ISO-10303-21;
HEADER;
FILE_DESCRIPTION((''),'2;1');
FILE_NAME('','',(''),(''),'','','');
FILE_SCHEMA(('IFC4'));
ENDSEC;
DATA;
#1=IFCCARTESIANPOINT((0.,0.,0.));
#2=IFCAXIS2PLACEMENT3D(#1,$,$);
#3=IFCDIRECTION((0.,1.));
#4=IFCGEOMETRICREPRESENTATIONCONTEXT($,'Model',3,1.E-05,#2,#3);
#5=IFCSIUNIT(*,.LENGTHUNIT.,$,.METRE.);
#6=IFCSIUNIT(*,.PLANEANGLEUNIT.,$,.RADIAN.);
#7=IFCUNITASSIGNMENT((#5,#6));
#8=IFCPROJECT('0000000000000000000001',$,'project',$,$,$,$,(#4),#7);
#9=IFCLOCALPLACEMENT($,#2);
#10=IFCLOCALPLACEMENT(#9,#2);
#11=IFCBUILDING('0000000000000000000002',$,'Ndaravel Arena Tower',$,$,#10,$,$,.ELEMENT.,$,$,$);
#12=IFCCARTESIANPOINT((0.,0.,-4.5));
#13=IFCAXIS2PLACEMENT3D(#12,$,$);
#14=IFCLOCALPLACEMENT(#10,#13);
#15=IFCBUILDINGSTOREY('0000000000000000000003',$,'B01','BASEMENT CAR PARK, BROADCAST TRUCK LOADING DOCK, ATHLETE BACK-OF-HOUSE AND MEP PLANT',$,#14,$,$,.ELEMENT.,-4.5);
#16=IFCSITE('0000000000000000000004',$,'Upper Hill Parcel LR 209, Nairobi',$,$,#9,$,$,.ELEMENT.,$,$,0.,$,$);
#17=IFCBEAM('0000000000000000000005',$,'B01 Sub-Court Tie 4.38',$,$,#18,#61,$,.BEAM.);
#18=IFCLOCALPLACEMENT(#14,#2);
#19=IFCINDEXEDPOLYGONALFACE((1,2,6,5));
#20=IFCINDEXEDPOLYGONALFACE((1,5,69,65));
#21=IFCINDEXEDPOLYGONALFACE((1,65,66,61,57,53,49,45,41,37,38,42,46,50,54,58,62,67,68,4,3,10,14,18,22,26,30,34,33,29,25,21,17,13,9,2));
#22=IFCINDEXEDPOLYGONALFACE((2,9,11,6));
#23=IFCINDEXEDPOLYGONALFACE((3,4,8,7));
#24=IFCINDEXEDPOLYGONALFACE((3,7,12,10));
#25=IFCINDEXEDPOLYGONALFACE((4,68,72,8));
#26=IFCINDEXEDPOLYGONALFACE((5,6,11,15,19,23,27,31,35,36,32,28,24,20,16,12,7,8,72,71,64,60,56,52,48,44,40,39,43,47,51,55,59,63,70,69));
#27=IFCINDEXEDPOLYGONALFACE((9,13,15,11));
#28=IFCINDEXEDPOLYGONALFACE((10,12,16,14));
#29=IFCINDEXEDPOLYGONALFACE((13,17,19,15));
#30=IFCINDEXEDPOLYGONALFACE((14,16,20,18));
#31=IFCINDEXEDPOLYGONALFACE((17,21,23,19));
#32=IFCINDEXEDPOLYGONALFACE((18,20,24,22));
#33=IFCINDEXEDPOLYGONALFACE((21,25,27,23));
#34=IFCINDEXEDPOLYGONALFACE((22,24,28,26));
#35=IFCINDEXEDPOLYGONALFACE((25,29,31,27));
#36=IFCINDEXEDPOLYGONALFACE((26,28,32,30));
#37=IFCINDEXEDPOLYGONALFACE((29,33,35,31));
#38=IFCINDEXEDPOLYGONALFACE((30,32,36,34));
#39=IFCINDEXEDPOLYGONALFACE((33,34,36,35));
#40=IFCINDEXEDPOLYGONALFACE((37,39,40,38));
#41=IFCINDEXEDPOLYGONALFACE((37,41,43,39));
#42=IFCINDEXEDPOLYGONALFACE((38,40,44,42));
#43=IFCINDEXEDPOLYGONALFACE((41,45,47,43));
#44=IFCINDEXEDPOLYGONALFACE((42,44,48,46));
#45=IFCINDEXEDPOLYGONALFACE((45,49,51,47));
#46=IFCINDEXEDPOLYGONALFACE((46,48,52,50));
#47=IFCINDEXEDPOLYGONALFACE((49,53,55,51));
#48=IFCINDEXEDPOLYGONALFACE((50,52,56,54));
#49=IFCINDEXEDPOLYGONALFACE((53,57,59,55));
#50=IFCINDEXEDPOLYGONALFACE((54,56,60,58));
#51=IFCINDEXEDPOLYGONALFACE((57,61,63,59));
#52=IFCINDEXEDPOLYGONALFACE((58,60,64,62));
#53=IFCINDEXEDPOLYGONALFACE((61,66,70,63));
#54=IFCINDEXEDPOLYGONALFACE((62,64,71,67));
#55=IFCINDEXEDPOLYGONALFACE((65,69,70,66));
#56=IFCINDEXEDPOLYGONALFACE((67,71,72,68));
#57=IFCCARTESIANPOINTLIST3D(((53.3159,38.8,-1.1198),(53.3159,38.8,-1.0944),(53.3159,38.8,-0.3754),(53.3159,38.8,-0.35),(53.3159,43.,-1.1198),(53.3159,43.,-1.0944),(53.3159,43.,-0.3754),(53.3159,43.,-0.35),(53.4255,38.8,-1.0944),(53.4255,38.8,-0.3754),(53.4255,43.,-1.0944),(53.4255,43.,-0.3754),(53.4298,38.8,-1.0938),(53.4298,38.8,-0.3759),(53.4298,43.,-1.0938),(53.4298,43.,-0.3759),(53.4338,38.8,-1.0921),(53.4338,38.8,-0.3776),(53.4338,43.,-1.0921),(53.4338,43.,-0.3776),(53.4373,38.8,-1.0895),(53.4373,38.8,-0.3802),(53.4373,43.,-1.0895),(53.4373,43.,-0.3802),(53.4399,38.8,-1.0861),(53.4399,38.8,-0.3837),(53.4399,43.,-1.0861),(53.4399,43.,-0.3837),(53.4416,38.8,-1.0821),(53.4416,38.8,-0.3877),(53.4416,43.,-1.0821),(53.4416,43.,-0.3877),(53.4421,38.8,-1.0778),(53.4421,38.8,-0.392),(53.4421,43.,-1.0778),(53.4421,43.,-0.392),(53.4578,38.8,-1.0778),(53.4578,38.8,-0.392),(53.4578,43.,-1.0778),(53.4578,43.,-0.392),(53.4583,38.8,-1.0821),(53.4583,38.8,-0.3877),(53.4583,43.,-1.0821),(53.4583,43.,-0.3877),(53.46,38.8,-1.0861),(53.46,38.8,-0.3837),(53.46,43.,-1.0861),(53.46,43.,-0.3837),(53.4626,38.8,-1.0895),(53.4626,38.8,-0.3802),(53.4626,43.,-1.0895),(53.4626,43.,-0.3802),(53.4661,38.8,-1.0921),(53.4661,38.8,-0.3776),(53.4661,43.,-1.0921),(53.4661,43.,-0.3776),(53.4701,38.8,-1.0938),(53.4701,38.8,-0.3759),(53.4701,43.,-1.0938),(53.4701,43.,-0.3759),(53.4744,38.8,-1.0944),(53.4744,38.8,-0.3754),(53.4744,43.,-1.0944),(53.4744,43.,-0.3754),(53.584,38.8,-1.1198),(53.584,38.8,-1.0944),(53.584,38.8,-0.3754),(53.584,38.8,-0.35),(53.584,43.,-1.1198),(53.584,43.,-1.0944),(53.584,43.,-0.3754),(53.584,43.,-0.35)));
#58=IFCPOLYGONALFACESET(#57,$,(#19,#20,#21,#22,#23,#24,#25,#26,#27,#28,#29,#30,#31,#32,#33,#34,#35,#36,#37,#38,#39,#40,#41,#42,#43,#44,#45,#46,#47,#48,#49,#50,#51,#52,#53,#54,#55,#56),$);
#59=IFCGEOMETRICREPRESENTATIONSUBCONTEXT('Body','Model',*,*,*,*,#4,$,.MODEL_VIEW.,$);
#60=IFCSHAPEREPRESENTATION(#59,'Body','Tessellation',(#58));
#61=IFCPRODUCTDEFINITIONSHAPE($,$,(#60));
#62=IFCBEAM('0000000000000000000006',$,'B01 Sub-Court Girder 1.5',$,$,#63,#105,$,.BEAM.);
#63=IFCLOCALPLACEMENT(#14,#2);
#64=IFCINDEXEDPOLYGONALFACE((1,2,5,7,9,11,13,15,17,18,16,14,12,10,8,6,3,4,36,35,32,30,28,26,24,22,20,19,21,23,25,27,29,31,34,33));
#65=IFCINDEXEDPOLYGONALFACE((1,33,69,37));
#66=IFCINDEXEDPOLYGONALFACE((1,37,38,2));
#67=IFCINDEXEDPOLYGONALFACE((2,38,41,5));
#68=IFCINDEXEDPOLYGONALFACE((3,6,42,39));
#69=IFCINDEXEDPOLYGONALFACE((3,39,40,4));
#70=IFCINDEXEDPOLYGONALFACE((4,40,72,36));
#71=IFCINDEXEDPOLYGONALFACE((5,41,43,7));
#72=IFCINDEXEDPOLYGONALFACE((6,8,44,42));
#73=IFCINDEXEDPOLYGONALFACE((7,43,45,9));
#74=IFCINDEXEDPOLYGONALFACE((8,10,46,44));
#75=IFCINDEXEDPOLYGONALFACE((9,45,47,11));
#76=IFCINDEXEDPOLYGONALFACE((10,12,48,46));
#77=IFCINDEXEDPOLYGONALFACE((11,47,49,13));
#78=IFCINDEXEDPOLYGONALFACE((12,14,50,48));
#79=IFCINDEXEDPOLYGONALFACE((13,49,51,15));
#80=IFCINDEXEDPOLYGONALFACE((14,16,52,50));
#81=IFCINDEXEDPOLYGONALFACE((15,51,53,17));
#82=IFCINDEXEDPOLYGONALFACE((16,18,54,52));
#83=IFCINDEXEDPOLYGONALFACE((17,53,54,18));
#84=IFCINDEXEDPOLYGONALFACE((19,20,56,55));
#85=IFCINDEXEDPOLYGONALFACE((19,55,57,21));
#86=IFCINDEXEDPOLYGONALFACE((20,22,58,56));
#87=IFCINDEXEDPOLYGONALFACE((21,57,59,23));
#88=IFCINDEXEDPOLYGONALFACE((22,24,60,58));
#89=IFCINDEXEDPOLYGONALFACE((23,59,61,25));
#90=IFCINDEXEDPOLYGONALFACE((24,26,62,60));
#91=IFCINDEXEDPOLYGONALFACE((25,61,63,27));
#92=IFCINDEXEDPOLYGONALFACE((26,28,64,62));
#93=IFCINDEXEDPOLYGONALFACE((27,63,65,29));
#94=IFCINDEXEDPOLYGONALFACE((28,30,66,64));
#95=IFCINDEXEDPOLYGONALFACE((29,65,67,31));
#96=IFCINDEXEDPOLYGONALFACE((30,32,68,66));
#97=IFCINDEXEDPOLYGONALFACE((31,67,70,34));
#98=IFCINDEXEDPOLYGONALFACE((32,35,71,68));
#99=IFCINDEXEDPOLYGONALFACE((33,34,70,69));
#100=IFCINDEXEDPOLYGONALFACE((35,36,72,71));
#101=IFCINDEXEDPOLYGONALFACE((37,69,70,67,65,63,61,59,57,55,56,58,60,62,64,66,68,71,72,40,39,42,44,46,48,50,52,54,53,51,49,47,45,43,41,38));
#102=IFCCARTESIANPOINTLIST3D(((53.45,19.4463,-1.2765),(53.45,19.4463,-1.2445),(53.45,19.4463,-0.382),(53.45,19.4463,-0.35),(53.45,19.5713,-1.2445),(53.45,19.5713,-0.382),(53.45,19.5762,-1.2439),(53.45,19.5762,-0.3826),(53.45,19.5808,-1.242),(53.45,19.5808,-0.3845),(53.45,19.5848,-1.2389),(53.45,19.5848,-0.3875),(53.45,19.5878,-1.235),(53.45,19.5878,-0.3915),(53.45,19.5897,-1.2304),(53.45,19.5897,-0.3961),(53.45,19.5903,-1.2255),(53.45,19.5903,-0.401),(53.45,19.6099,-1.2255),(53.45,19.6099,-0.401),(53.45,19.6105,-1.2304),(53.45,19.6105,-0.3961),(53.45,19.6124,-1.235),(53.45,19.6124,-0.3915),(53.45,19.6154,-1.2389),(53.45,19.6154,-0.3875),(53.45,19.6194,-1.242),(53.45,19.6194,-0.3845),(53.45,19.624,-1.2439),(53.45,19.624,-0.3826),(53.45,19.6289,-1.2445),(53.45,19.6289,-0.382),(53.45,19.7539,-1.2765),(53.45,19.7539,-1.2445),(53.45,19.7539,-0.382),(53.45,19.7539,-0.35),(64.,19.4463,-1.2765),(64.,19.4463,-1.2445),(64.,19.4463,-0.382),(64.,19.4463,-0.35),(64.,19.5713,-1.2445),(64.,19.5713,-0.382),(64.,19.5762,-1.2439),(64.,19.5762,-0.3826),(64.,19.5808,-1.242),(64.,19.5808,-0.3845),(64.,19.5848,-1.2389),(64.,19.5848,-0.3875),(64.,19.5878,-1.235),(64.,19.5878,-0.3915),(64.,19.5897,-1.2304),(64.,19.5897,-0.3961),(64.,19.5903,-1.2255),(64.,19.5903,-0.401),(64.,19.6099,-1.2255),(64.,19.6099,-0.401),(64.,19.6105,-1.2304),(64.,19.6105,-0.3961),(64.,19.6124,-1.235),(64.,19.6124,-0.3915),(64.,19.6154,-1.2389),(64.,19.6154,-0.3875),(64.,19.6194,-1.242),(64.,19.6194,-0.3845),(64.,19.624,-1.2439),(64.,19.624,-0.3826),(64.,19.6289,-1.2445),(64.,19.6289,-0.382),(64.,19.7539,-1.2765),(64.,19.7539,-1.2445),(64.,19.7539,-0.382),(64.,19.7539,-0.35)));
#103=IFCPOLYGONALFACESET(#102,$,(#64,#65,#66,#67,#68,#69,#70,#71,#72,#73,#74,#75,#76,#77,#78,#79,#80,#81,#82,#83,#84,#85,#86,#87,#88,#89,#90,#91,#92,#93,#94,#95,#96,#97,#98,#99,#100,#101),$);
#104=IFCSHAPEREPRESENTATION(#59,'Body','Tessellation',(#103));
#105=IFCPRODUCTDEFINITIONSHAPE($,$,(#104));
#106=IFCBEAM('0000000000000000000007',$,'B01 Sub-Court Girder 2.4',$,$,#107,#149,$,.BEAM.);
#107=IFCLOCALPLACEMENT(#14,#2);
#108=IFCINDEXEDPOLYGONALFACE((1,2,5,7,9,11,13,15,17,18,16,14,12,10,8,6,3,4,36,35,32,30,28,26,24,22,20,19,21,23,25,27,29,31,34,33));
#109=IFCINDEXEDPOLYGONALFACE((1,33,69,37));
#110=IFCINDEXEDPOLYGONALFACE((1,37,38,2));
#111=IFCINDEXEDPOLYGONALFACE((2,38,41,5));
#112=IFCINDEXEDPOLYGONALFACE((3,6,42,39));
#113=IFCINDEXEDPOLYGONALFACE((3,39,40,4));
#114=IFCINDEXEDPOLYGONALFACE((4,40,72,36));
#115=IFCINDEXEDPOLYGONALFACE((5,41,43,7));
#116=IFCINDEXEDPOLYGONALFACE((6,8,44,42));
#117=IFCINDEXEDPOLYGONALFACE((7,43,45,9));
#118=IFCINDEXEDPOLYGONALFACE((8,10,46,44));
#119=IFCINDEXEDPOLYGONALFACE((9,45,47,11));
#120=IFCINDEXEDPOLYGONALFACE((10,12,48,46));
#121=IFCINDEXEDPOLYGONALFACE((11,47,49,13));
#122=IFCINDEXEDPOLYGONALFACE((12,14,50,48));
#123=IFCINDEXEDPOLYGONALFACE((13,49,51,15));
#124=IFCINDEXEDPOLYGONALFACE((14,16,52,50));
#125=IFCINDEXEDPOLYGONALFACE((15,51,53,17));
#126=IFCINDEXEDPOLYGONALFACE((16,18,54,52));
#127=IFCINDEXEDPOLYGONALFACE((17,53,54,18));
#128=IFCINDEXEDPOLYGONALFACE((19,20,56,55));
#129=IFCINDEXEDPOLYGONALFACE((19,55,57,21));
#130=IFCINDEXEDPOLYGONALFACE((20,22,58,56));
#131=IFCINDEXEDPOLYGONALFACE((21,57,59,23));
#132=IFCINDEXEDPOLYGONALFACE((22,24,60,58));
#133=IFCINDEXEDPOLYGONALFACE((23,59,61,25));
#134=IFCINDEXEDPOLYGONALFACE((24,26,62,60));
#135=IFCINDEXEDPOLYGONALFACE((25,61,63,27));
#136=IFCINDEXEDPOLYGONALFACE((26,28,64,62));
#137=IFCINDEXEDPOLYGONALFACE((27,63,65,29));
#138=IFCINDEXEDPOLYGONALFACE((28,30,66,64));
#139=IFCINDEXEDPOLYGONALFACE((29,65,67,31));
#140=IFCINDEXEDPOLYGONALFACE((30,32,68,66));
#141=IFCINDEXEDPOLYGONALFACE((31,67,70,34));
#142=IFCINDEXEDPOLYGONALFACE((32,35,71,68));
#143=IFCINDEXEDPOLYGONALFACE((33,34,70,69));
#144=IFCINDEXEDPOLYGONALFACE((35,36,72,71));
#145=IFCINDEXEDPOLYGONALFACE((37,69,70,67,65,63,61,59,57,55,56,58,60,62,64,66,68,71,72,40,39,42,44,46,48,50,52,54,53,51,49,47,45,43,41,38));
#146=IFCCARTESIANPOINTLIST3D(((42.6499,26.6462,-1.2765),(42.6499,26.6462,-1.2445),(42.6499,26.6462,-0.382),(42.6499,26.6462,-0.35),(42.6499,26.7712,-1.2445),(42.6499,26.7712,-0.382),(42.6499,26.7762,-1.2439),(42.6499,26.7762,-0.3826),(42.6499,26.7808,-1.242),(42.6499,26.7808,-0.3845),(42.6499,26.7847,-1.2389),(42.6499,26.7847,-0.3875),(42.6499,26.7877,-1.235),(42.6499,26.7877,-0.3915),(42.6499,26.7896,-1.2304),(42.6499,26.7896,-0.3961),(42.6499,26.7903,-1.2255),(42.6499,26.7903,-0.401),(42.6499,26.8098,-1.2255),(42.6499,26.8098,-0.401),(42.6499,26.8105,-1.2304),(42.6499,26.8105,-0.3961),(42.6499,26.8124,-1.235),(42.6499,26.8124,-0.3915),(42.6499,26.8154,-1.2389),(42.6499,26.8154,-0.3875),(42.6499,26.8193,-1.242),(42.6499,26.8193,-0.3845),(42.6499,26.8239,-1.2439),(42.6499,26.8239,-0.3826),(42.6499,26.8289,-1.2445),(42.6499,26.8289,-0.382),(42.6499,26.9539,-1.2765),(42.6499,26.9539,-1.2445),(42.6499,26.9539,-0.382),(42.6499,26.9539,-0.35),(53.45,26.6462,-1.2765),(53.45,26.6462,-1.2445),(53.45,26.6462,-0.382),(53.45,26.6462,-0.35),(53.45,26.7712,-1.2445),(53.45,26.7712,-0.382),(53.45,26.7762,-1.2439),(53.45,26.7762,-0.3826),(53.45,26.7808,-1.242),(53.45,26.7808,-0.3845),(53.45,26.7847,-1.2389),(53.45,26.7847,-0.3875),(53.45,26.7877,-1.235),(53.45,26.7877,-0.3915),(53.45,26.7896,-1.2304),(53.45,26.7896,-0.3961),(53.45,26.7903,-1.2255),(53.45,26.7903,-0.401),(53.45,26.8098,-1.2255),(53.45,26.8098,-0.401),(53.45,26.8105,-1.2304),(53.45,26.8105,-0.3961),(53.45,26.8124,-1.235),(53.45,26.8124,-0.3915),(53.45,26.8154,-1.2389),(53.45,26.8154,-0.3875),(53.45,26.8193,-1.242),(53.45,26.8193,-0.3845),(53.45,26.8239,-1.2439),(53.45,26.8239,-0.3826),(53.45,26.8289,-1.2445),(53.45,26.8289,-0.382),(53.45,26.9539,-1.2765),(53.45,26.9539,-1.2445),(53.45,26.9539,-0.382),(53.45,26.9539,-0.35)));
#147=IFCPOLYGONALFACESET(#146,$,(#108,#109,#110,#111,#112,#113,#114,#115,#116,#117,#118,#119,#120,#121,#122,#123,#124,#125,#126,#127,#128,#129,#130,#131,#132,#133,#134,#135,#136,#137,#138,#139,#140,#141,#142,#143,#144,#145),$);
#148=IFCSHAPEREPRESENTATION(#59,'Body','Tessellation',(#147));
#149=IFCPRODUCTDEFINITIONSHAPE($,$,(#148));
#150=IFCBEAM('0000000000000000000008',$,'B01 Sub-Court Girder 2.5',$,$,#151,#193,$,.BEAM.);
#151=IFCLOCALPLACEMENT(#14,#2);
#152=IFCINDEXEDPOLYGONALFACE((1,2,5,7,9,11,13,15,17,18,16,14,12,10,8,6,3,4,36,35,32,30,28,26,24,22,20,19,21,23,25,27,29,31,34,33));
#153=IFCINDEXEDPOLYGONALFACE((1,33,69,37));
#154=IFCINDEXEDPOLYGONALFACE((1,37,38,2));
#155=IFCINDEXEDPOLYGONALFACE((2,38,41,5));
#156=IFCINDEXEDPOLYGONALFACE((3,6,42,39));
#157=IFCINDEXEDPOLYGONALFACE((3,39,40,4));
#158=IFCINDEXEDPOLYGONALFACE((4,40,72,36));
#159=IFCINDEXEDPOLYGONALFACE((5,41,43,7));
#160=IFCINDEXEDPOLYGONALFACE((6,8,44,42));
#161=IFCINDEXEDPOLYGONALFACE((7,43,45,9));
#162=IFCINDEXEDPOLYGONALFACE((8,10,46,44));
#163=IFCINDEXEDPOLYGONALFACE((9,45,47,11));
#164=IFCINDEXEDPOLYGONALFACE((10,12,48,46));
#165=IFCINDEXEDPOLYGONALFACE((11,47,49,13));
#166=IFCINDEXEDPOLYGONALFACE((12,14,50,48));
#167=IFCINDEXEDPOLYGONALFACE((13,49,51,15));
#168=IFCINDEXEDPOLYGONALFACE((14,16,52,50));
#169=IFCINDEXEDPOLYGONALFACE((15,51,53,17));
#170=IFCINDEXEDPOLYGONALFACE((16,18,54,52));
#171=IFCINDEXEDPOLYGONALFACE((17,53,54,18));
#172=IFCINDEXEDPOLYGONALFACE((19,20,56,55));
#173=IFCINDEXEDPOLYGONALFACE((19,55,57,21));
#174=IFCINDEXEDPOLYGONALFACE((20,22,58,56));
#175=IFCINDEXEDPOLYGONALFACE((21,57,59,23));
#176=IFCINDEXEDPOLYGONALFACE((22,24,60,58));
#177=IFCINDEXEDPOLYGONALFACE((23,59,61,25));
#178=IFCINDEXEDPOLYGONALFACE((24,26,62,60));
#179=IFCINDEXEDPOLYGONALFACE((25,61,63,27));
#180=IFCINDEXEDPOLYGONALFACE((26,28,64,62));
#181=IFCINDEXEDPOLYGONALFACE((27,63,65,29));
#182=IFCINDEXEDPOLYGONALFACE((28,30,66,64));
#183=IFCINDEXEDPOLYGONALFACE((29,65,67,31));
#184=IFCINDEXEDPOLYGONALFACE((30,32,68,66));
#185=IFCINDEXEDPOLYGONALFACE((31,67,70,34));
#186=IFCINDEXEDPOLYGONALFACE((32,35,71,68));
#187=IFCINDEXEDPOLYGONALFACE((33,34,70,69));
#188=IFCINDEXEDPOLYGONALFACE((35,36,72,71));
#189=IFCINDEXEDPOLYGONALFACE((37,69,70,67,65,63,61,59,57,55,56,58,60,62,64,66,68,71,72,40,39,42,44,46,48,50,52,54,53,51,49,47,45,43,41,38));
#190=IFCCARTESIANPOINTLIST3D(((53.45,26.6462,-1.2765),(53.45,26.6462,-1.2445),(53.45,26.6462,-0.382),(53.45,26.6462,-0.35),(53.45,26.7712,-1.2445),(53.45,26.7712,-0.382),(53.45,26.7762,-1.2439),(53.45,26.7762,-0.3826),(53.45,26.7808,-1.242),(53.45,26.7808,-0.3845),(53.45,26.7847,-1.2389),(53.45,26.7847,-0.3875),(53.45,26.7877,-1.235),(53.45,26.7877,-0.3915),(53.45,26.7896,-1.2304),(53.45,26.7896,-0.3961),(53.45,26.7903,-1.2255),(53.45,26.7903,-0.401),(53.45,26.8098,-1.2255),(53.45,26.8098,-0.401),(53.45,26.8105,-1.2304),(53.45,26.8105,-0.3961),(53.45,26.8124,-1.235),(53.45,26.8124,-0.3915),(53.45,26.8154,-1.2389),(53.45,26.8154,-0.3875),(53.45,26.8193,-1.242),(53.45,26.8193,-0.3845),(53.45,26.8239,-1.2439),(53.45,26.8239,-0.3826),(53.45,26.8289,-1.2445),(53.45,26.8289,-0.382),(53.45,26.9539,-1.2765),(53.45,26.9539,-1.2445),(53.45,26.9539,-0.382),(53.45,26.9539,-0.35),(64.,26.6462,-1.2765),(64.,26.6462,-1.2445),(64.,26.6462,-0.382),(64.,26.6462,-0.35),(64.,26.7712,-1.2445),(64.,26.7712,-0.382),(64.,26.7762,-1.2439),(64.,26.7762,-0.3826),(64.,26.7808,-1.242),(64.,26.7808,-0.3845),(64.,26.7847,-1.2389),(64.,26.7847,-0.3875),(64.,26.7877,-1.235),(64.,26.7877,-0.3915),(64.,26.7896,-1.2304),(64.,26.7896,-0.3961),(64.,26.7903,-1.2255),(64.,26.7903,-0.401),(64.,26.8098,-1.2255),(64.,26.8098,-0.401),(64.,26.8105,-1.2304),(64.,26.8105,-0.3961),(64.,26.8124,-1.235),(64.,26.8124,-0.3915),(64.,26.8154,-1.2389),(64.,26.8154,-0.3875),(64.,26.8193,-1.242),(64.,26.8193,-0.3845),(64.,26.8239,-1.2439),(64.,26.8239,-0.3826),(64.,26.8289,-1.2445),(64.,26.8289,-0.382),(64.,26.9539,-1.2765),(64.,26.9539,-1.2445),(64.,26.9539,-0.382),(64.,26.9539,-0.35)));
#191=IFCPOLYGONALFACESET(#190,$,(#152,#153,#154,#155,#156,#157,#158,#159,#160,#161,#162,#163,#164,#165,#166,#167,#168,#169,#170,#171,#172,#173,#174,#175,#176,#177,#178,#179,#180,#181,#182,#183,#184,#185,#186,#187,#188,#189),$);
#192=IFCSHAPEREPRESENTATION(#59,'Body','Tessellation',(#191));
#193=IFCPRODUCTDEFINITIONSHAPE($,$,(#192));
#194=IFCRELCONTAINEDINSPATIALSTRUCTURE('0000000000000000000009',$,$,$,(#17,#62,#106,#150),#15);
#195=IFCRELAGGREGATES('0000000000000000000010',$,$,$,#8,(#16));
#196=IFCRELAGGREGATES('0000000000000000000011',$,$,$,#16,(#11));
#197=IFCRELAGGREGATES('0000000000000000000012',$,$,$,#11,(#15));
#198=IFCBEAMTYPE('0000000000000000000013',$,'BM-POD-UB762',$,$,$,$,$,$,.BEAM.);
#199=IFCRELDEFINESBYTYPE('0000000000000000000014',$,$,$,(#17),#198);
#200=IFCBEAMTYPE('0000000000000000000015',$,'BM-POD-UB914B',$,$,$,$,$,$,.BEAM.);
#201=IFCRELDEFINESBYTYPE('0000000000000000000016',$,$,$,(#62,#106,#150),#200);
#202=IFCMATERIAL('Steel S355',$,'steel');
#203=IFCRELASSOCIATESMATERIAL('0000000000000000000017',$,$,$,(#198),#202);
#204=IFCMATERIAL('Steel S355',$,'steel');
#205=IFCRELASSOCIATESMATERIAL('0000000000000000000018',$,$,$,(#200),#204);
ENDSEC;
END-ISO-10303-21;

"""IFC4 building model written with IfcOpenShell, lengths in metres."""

from ifc_helpers import new_model, si_unit, direction, frame, origin, origin_2d, place, context, subcontext, project, spatial, i_section, extrude, material, material_profile, profile_set, type_object, element, save


model = new_model("IFC4")

# Units and contexts
model_context = context("Model", 3, precision=1e-05, world=origin(), true_north=direction((0.0, 1.0)))
body_context = subcontext(model_context, "Body", "Model", "MODEL_VIEW")
ifc_project = project(units=[si_unit("LENGTHUNIT", "METRE"), si_unit("PLANEANGLEUNIT", "RADIAN")], contexts=[model_context])

# Site, building, storey
site_placement = place(None, origin())
site = spatial("IfcSite", under=ifc_project, at=site_placement, Name="Upper Hill Parcel LR 209, Nairobi", CompositionType="ELEMENT", RefElevation=0.0)
building_placement = place(site_placement, origin())
building = spatial("IfcBuilding", under=site, at=building_placement, Name="Ndaravel Arena Tower", CompositionType="ELEMENT")
storey_placement = place(building_placement, frame((0.0, 0.0, -4.5)))
storey = spatial("IfcBuildingStorey", under=building, at=storey_placement, Name="B01", Description="BASEMENT CAR PARK, BROADCAST TRUCK LOADING DOCK, ATHLETE BACK-OF-HOUSE AND MEP PLANT", CompositionType="ELEMENT", Elevation=-4.5)

# Beams
ifc_material_1 = material(Name="Steel S355", Category="steel")
ifc_material_profile_1 = material_profile(ifc_material_1, i_section(OverallWidth=0.2681, OverallDepth=0.7698, WebThickness=0.0156, FlangeThickness=0.0254, FilletRadius=0.0166, at=origin_2d()), Name="UB 762x267x197")
ifc_profile_set_1 = profile_set([ifc_material_profile_1], Name="Steel S355")
beam_type_1 = type_object("IfcBeamType", Name="BM-POD-UB762", PredefinedType="BEAM", material=ifc_profile_set_1)
beam_1_placement = place(storey_placement, frame((53.45, 38.8, -0.7349), z_axis=(0.0, 1.0, 0.0), x_axis=(-1.0, 0.0, 0.0)))
element("IfcBeam", 1, at=beam_1_placement, inside=storey, type_object=beam_type_1, Name="B01 Sub-Court Tie 4.38", PredefinedType="BEAM", context=body_context, shape_type="SweptSolid", body=[
    extrude(i_section(OverallWidth=0.2681, OverallDepth=0.7698, WebThickness=0.0156, FlangeThickness=0.0254, FilletRadius=0.0166, at=origin_2d()), origin(), (0.0, 0.0, 1.0), 4.2),
])
ifc_material_2 = material(Name="Steel S355", Category="steel")
ifc_material_profile_2 = material_profile(ifc_material_2, i_section(OverallWidth=0.3076, OverallDepth=0.9265, WebThickness=0.0195, FlangeThickness=0.032, FilletRadius=0.019, at=origin_2d()), Name="UB 914x305x289")
ifc_profile_set_2 = profile_set([ifc_material_profile_2], Name="Steel S355")
beam_type_2 = type_object("IfcBeamType", Name="BM-POD-UB914B", PredefinedType="BEAM", material=ifc_profile_set_2)
beam_2_placement = place(storey_placement, frame((53.45, 19.6001, -0.8132), z_axis=(1.0, 0.0, 0.0), x_axis=(0.0, 1.0, 0.0)))
element("IfcBeam", 2, at=beam_2_placement, inside=storey, type_object=beam_type_2, Name="B01 Sub-Court Girder 1.5", PredefinedType="BEAM", context=body_context, shape_type="SweptSolid", body=[
    extrude(i_section(OverallWidth=0.3076, OverallDepth=0.9265, WebThickness=0.0195, FlangeThickness=0.032, FilletRadius=0.019, at=origin_2d()), origin(), (0.0, 0.0, 1.0), 10.55),
])
beam_3_placement = place(storey_placement, frame((42.6499, 26.8, -0.8132), z_axis=(1.0, 0.0, 0.0), x_axis=(0.0, 1.0, 0.0)))
element("IfcBeam", 3, at=beam_3_placement, inside=storey, type_object=beam_type_2, Name="B01 Sub-Court Girder 2.4", PredefinedType="BEAM", context=body_context, shape_type="SweptSolid", body=[
    extrude(i_section(OverallWidth=0.3076, OverallDepth=0.9265, WebThickness=0.0195, FlangeThickness=0.032, FilletRadius=0.019, at=origin_2d()), origin(), (0.0, 0.0, 1.0), 10.8),
])
beam_4_placement = place(storey_placement, frame((53.45, 26.8, -0.8132), z_axis=(1.0, 0.0, 0.0), x_axis=(0.0, 1.0, 0.0)))
element("IfcBeam", 4, at=beam_4_placement, inside=storey, type_object=beam_type_2, Name="B01 Sub-Court Girder 2.5", PredefinedType="BEAM", context=body_context, shape_type="SweptSolid", body=[
    extrude(i_section(OverallWidth=0.3076, OverallDepth=0.9265, WebThickness=0.0195, FlangeThickness=0.032, FilletRadius=0.019, at=origin_2d()), origin(), (0.0, 0.0, 1.0), 10.55),
])

save(model, "model.ifc")
